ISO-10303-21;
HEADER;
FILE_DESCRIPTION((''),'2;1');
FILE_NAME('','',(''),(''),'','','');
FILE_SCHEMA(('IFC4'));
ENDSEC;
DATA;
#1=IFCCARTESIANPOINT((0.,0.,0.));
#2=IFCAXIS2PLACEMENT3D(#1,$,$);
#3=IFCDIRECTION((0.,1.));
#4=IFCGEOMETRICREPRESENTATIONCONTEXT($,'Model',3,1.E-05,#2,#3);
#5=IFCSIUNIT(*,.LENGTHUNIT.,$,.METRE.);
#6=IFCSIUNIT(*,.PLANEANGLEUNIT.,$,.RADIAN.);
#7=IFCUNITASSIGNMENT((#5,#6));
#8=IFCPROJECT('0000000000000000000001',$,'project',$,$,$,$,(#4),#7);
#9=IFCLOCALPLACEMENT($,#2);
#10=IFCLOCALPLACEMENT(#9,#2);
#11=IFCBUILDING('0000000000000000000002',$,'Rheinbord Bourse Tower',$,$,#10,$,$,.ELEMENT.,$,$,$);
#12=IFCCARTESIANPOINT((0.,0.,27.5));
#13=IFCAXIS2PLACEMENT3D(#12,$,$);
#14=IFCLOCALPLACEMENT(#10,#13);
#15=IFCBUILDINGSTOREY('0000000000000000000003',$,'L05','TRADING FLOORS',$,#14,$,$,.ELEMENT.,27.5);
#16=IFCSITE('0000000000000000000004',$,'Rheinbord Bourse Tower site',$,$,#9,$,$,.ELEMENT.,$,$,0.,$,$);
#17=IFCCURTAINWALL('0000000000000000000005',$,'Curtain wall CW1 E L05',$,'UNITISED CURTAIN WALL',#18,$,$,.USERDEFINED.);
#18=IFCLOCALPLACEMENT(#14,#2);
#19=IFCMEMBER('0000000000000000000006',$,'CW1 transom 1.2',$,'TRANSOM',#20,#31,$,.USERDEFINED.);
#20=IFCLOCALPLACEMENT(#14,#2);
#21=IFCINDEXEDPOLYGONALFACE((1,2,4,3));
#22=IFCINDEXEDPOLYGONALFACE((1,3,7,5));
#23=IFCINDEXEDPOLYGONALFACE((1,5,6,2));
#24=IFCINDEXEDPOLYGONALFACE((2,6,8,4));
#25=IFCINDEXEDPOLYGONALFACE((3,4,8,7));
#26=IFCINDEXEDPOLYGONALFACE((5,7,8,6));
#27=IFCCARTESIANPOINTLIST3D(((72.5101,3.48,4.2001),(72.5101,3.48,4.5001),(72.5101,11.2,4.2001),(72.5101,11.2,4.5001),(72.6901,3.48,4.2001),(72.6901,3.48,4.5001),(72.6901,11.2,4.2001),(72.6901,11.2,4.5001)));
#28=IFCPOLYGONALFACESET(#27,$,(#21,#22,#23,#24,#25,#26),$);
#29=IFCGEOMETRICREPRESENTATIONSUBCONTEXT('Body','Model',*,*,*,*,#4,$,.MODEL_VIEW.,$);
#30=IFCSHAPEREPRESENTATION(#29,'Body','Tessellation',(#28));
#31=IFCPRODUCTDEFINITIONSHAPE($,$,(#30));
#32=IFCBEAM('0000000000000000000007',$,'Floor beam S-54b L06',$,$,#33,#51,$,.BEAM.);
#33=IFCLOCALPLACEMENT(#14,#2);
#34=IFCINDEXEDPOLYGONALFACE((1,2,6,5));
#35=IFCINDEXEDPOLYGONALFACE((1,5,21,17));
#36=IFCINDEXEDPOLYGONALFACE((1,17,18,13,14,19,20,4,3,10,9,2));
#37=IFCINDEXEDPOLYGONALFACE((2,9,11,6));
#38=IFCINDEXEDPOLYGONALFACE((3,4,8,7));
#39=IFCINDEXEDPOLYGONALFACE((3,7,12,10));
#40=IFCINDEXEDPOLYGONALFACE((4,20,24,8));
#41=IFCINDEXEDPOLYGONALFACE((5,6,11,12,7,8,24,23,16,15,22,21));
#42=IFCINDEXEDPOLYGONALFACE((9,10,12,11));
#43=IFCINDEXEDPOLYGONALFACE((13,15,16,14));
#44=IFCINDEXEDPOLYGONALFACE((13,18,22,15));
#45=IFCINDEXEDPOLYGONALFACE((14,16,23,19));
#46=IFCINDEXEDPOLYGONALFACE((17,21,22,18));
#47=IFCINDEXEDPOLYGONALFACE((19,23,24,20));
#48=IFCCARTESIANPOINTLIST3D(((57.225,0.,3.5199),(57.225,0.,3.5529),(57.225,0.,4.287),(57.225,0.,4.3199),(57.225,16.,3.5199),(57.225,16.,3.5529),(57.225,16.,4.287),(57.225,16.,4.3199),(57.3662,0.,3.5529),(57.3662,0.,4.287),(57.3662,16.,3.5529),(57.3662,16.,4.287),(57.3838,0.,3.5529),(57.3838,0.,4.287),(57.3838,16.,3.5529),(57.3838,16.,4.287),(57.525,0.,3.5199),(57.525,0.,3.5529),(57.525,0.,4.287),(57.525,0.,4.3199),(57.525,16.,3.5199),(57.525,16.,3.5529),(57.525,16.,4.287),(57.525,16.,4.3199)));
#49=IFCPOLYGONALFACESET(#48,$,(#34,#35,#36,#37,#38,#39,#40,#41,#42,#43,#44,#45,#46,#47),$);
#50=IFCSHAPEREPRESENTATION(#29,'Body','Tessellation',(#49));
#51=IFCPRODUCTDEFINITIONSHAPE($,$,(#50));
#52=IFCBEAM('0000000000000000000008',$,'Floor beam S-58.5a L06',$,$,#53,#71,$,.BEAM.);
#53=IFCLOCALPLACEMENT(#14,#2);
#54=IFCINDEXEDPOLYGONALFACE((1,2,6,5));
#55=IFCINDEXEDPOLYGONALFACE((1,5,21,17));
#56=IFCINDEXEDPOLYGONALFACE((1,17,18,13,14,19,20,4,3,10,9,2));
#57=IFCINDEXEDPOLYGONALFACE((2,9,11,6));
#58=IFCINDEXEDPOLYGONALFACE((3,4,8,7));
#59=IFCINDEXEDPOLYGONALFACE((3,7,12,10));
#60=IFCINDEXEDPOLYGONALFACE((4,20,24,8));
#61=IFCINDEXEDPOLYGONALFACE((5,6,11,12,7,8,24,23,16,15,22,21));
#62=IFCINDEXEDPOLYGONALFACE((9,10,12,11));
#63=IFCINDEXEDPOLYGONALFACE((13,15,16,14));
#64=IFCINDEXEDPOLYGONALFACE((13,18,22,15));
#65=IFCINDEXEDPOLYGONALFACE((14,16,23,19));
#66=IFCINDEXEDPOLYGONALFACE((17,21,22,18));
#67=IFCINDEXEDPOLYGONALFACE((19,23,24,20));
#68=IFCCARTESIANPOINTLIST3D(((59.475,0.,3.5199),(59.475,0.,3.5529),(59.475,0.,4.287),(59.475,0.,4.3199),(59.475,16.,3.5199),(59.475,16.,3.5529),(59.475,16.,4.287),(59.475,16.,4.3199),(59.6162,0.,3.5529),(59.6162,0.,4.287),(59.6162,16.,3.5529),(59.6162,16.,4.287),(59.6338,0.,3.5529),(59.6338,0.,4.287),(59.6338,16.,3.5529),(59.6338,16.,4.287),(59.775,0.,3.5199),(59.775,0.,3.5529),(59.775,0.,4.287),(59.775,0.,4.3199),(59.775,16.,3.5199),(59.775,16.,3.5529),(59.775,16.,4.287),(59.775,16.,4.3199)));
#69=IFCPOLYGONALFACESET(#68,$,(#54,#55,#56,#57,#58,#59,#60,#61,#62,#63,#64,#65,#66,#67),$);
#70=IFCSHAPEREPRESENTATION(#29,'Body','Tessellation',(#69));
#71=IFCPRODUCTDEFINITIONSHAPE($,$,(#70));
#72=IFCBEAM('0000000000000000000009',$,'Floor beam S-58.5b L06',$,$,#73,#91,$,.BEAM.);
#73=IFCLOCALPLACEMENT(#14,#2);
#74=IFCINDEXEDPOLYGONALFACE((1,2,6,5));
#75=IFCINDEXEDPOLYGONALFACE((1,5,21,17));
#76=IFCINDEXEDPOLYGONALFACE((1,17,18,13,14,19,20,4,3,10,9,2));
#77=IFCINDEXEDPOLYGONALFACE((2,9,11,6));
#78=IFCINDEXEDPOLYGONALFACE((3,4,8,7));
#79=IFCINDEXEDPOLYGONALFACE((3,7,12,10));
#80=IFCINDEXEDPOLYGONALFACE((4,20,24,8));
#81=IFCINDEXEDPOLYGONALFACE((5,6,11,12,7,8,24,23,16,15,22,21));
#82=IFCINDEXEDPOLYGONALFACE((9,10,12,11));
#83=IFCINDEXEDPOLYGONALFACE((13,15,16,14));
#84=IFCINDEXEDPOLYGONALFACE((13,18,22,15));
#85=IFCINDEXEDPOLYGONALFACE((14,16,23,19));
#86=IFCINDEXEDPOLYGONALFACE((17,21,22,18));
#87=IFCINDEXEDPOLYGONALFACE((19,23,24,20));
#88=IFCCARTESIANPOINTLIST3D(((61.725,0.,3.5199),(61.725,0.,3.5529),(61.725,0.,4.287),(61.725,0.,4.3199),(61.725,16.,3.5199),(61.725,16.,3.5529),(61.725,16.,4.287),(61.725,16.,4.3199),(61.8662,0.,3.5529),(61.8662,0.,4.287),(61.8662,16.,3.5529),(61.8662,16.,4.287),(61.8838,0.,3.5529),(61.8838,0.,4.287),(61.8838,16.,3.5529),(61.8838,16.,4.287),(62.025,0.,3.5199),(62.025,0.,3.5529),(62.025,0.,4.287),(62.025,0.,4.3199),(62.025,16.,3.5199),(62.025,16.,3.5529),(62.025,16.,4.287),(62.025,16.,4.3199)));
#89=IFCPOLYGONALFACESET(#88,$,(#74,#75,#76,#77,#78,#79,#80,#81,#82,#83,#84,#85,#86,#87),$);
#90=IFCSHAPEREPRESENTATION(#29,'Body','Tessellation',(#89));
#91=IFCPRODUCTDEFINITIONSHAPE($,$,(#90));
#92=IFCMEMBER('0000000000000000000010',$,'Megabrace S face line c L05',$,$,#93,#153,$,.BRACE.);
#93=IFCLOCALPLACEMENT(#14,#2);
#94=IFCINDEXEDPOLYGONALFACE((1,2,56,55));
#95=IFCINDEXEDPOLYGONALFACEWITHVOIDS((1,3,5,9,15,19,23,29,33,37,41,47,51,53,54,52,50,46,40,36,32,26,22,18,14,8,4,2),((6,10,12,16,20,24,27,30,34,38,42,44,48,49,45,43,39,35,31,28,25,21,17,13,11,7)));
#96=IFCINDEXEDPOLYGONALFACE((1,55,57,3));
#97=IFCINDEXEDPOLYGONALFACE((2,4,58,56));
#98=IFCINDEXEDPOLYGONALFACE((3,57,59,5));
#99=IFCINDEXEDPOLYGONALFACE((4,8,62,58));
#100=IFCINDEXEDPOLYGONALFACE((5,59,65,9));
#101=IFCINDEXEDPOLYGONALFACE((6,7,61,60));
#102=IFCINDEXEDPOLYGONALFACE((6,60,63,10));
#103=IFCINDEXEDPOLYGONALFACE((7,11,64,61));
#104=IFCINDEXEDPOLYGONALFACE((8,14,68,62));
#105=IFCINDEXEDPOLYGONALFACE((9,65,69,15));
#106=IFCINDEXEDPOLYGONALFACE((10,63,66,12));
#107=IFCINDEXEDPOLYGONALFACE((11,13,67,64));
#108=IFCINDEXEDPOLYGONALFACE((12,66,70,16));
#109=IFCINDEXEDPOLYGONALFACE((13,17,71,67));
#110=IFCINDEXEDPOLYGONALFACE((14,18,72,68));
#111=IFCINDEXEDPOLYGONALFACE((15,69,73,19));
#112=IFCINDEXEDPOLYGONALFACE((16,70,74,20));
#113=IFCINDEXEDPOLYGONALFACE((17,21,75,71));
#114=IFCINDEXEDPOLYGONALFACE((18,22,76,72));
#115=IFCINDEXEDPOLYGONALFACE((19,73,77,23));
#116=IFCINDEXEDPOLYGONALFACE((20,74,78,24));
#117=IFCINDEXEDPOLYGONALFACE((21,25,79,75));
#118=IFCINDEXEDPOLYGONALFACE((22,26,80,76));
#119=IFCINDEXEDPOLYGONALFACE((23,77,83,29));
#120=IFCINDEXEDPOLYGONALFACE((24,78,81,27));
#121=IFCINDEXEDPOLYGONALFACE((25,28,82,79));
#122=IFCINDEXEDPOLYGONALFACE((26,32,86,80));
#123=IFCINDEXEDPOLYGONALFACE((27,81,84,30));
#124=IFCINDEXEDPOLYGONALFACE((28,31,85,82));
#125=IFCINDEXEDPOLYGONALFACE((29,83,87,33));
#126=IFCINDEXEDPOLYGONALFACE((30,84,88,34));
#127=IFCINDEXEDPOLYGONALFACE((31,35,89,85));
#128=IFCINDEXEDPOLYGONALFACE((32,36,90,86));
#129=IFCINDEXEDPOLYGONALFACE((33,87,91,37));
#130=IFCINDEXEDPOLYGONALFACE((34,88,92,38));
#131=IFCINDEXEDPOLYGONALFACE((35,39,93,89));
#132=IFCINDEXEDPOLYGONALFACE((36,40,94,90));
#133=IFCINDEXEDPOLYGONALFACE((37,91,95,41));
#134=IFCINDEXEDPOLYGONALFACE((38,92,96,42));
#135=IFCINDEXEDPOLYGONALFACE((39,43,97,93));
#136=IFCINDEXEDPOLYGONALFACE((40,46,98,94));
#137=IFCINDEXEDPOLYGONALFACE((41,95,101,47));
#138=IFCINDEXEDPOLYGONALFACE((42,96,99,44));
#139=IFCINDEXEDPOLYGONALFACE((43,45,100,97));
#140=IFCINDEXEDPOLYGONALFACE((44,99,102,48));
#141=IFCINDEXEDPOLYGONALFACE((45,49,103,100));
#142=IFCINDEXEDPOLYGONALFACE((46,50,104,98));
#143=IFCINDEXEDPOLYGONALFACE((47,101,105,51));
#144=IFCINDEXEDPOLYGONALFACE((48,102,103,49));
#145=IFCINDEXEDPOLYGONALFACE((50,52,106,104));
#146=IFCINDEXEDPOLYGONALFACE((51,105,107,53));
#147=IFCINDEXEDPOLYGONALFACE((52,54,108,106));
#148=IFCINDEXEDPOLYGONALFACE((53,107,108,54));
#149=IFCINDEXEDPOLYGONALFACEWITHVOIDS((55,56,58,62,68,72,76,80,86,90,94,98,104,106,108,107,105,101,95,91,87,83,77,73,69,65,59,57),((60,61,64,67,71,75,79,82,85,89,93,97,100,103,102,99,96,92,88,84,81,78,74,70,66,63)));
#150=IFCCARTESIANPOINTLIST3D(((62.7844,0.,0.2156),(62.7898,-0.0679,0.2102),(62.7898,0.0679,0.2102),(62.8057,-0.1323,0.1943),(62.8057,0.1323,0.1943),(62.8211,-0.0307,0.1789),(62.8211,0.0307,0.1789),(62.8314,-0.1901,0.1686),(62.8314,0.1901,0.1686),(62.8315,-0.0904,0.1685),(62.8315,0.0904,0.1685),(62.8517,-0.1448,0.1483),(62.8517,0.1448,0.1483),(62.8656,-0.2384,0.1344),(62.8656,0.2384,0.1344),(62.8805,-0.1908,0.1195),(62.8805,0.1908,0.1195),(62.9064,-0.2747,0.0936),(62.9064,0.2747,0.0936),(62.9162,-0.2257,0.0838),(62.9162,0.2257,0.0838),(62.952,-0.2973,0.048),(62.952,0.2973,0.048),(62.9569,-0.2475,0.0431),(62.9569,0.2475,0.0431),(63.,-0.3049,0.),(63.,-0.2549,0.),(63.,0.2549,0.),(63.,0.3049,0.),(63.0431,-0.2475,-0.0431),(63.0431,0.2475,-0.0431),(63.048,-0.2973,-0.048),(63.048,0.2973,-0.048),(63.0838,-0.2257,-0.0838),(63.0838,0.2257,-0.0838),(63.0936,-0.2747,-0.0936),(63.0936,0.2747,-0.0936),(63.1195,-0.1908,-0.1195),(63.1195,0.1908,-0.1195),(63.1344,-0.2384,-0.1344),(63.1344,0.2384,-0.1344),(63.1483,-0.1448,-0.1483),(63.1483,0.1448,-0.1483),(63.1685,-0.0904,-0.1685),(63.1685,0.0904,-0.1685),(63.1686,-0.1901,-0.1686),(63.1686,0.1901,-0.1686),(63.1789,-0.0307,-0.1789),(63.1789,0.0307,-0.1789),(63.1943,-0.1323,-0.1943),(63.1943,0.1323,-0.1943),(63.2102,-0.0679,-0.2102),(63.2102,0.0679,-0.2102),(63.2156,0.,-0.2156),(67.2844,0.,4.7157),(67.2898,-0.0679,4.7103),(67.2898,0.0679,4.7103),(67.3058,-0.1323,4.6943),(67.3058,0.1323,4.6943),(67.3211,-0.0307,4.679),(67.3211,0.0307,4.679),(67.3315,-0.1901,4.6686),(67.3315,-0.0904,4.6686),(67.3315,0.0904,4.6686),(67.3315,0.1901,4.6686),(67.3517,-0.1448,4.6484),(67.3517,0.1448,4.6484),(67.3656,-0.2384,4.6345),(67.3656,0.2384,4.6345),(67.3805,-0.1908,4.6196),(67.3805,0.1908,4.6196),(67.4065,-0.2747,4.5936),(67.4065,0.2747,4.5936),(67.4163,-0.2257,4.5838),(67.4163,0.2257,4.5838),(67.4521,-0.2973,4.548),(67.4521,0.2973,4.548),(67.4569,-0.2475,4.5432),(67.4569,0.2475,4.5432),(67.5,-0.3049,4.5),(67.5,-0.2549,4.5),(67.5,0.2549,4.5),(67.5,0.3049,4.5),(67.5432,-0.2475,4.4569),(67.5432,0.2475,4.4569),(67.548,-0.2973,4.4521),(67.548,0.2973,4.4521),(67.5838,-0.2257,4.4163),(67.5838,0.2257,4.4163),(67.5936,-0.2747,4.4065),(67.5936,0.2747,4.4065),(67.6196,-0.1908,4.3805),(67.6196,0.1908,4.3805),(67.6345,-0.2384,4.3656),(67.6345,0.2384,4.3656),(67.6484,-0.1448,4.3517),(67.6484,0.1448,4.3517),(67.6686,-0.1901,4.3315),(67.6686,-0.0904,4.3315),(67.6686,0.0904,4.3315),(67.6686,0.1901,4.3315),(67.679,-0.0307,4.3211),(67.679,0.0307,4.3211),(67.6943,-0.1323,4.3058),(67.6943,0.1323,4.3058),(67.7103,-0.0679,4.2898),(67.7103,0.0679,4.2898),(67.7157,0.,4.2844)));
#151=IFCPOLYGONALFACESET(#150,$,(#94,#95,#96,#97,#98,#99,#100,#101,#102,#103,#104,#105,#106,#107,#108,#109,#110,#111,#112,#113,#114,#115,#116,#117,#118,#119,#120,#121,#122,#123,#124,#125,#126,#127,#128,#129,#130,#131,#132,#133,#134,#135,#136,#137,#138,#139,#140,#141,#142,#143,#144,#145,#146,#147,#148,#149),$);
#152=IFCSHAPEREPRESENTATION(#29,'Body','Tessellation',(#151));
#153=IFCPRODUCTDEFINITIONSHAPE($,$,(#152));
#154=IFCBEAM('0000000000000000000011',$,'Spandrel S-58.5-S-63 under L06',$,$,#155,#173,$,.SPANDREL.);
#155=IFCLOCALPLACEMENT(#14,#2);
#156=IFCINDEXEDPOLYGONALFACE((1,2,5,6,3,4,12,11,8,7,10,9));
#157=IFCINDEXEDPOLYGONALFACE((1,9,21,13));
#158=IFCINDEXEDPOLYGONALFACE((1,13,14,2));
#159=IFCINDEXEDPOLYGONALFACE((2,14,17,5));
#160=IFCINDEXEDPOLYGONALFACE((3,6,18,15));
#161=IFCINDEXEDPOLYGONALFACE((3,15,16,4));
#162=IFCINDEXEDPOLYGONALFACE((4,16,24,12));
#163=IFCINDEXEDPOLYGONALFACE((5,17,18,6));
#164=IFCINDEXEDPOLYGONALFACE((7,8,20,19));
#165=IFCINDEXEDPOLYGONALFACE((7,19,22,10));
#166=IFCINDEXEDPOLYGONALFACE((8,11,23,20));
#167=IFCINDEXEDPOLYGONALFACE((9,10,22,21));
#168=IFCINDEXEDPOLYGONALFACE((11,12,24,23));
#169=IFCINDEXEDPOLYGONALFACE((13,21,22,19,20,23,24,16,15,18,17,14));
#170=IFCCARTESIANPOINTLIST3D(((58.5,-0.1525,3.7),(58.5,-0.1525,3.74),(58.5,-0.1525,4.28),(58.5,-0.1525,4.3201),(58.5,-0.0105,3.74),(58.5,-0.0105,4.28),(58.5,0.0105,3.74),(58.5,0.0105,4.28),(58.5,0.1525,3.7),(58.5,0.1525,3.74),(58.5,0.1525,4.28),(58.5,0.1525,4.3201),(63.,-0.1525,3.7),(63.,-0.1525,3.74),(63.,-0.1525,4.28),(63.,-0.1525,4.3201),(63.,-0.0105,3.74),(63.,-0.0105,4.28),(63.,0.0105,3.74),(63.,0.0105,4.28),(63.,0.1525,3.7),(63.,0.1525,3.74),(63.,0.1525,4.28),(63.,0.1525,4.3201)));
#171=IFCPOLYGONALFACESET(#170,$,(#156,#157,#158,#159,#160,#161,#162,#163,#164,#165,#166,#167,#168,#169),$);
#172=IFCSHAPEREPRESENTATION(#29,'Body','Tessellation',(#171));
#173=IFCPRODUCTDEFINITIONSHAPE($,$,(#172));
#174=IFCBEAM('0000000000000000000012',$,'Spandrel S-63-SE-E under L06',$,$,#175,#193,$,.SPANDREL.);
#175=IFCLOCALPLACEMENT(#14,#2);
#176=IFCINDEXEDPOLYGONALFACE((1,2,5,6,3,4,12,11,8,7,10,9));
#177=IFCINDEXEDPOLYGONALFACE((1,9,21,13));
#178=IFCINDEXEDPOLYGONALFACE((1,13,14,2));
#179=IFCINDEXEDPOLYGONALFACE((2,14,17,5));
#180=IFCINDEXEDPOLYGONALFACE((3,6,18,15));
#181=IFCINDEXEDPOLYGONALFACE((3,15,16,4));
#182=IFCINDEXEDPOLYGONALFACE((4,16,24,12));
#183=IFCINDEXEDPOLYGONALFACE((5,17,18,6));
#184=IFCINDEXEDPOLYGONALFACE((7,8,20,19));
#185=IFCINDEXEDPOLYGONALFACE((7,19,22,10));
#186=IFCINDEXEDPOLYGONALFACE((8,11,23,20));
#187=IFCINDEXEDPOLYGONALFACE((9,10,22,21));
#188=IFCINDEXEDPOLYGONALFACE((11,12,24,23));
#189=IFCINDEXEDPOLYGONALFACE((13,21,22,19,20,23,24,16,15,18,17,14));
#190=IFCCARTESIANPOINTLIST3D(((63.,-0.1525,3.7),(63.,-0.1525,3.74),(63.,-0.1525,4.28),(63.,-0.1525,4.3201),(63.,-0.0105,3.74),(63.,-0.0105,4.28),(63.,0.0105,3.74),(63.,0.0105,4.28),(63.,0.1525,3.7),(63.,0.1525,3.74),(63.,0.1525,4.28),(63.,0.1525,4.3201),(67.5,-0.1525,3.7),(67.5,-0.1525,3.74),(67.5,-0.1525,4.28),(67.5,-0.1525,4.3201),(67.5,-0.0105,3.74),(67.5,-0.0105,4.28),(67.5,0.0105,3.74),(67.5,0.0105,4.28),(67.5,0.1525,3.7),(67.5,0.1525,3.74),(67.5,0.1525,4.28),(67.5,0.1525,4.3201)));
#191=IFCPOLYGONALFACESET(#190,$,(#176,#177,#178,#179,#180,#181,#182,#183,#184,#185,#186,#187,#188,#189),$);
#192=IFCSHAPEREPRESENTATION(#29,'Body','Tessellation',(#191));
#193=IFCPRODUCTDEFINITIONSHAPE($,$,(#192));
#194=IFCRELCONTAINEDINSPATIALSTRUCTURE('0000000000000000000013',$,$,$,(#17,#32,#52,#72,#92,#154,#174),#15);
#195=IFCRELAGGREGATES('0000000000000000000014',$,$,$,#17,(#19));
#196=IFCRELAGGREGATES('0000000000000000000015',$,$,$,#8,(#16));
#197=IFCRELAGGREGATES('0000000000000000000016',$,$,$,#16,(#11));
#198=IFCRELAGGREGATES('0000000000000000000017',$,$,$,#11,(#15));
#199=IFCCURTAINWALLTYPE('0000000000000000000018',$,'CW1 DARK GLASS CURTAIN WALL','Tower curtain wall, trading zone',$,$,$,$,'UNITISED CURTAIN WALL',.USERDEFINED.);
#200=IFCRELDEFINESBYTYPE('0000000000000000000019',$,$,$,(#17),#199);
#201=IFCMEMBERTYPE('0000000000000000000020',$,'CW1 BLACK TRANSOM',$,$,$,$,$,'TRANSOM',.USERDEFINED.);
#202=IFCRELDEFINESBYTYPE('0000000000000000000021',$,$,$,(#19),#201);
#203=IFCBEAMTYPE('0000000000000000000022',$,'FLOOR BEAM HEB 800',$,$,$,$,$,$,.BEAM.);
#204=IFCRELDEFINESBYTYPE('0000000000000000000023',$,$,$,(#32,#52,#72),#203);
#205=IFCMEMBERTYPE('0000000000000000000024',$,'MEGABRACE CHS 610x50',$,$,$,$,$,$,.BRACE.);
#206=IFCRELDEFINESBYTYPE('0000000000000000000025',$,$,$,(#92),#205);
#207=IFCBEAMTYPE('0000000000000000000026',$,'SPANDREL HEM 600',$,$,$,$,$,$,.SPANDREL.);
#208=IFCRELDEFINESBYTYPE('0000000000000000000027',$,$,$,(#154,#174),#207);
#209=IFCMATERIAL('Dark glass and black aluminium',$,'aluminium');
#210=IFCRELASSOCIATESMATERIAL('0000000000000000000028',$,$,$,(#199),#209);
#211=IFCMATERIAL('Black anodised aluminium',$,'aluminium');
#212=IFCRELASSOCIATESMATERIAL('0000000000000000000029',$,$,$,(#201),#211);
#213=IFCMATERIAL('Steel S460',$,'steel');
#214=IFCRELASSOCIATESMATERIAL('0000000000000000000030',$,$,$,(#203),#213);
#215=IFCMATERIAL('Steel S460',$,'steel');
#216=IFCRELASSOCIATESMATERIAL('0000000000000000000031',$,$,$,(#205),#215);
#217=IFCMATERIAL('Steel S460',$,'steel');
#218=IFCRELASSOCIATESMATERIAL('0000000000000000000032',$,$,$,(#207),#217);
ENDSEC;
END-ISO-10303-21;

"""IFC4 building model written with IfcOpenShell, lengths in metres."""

from ifc_helpers import new_model, si_unit, direction, frame, origin, origin_2d, place, context, subcontext, project, spatial, rectangle, hollow_circle, i_section, extrude, material, material_profile, profile_set, type_object, element, aggregate, save


model = new_model("IFC4")

# Units and contexts
model_context = context("Model", 3, precision=1e-05, world=origin(), true_north=direction((0.0, 1.0)))
body_context = subcontext(model_context, "Body", "Model", "MODEL_VIEW")
ifc_project = project(units=[si_unit("LENGTHUNIT", "METRE"), si_unit("PLANEANGLEUNIT", "RADIAN")], contexts=[model_context])

# Site, building, storey
site_placement = place(None, origin())
site = spatial("IfcSite", under=ifc_project, at=site_placement, Name="Rheinbord Bourse Tower site", CompositionType="ELEMENT", RefElevation=0.0)
building_placement = place(site_placement, origin())
building = spatial("IfcBuilding", under=site, at=building_placement, Name="Rheinbord Bourse Tower", CompositionType="ELEMENT")
storey_placement = place(building_placement, frame((0.0, 0.0, 27.5)))
storey = spatial("IfcBuildingStorey", under=building, at=storey_placement, Name="L05", Description="TRADING FLOORS", CompositionType="ELEMENT", Elevation=27.5)

# Shared definitions
ifc_material_1 = material(Name="Dark glass and black aluminium", Category="aluminium")
curtain_wall_type = type_object("IfcCurtainWallType", Name="CW1 DARK GLASS CURTAIN WALL", Description="Tower curtain wall, trading zone", ElementType="UNITISED CURTAIN WALL", PredefinedType="USERDEFINED", material=ifc_material_1)

# Curtain wall
curtain_wall_1_placement = place(storey_placement, origin())
curtain_wall_1 = element("IfcCurtainWall", 1, at=curtain_wall_1_placement, inside=storey, type_object=curtain_wall_type, Name="Curtain wall CW1 E L05", ObjectType="UNITISED CURTAIN WALL", PredefinedType="USERDEFINED")

# Member
ifc_material_2 = material(Name="Black anodised aluminium", Category="aluminium")
ifc_material_profile_1 = material_profile(ifc_material_2, rectangle(XDim=0.1799, YDim=0.3, at=origin_2d()), Name="CW1 TRANSOM 300x180")
ifc_profile_set_1 = profile_set([ifc_material_profile_1], Name="Black anodised aluminium")
member_type_1 = type_object("IfcMemberType", Name="CW1 BLACK TRANSOM", ElementType="TRANSOM", PredefinedType="USERDEFINED", material=ifc_profile_set_1)
member_1_placement = place(storey_placement, frame((72.6001, 3.48, 4.3501), z_axis=(0.0, 1.0, 0.0), x_axis=(-1.0, 0.0, 0.0)))
member_1 = element("IfcMember", 2, at=member_1_placement, type_object=member_type_1, Name="CW1 transom 1.2", ObjectType="TRANSOM", PredefinedType="USERDEFINED", context=body_context, shape_type="SweptSolid", body=[
    extrude(rectangle(XDim=0.1799, YDim=0.3, at=origin_2d()), origin(), (0.0, 0.0, 1.0), 7.72),
])

# Beams
ifc_material_3 = material(Name="Steel S460", Category="steel")
ifc_material_profile_2 = material_profile(ifc_material_3, i_section(OverallWidth=0.3, OverallDepth=0.8, WebThickness=0.0176, FlangeThickness=0.033, at=origin_2d()), Name="HEB 800")
ifc_profile_set_2 = profile_set([ifc_material_profile_2], Name="Steel S460")
beam_type_1 = type_object("IfcBeamType", Name="FLOOR BEAM HEB 800", PredefinedType="BEAM", material=ifc_profile_set_2)
for number, where, z_axis, x_axis, name in (
    (3, (57.375, 0.0, 3.9199), (0.0, 1.0, 0.0), (-1.0, 0.0, 0.0), "Floor beam S-54b L06"),
    (4, (59.625, 0.0, 3.9199), (0.0, 1.0, 0.0), (-1.0, 0.0, 0.0), "Floor beam S-58.5a L06"),
    (5, (61.875, 0.0, 3.9199), (0.0, 1.0, 0.0), (-1.0, 0.0, 0.0), "Floor beam S-58.5b L06"),
):
    element("IfcBeam", number, at=place(storey_placement, frame(where, z_axis=z_axis, x_axis=x_axis)), inside=storey, type_object=beam_type_1, Name=name, PredefinedType="BEAM", context=body_context, shape_type="SweptSolid", body=[
        extrude(i_section(OverallWidth=0.3, OverallDepth=0.8, WebThickness=0.0176, FlangeThickness=0.033, at=origin_2d()), origin(), (0.0, 0.0, 1.0), 16.0),
    ])

# Member
ifc_material_4 = material(Name="Steel S460", Category="steel")
ifc_material_profile_3 = material_profile(ifc_material_4, hollow_circle(Radius=0.3049, WallThickness=0.05, at=origin_2d()), Name="CHS 610x50")
ifc_profile_set_3 = profile_set([ifc_material_profile_3], Name="Steel S460")
member_type_2 = type_object("IfcMemberType", Name="MEGABRACE CHS 610x50", PredefinedType="BRACE", material=ifc_profile_set_3)
member_2_placement = place(storey_placement, frame((63.0, 0.0, 0.0), z_axis=(0.707107, 0.0, 0.707107), x_axis=(0.0, 1.0, 0.0)))
element("IfcMember", 6, at=member_2_placement, inside=storey, type_object=member_type_2, Name="Megabrace S face line c L05", PredefinedType="BRACE", context=body_context, shape_type="SweptSolid", body=[
    extrude(hollow_circle(Radius=0.3049, WallThickness=0.05, at=origin_2d()), origin(), (0.0, 0.0, 1.0), 6.364),
])

# Beams
ifc_material_5 = material(Name="Steel S460", Category="steel")
ifc_material_profile_4 = material_profile(ifc_material_5, i_section(OverallWidth=0.3049, OverallDepth=0.6201, WebThickness=0.021, FlangeThickness=0.04, at=origin_2d()), Name="HEM 600")
ifc_profile_set_4 = profile_set([ifc_material_profile_4], Name="Steel S460")
beam_type_2 = type_object("IfcBeamType", Name="SPANDREL HEM 600", PredefinedType="SPANDREL", material=ifc_profile_set_4)
for number, where, z_axis, x_axis, name in (
    (7, (58.5, 0.0, 4.01), (1.0, 0.0, 0.0), (0.0, 1.0, 0.0), "Spandrel S-58.5-S-63 under L06"),
    (8, (63.0, 0.0, 4.01), (1.0, 0.0, 0.0), (0.0, 1.0, 0.0), "Spandrel S-63-SE-E under L06"),
):
    element("IfcBeam", number, at=place(storey_placement, frame(where, z_axis=z_axis, x_axis=x_axis)), inside=storey, type_object=beam_type_2, Name=name, PredefinedType="SPANDREL", context=body_context, shape_type="SweptSolid", body=[
        extrude(i_section(OverallWidth=0.3049, OverallDepth=0.6201, WebThickness=0.021, FlangeThickness=0.04, at=origin_2d()), origin(), (0.0, 0.0, 1.0), 4.5),
    ])

aggregate(curtain_wall_1, [member_1])

save(model, "model.ifc")
